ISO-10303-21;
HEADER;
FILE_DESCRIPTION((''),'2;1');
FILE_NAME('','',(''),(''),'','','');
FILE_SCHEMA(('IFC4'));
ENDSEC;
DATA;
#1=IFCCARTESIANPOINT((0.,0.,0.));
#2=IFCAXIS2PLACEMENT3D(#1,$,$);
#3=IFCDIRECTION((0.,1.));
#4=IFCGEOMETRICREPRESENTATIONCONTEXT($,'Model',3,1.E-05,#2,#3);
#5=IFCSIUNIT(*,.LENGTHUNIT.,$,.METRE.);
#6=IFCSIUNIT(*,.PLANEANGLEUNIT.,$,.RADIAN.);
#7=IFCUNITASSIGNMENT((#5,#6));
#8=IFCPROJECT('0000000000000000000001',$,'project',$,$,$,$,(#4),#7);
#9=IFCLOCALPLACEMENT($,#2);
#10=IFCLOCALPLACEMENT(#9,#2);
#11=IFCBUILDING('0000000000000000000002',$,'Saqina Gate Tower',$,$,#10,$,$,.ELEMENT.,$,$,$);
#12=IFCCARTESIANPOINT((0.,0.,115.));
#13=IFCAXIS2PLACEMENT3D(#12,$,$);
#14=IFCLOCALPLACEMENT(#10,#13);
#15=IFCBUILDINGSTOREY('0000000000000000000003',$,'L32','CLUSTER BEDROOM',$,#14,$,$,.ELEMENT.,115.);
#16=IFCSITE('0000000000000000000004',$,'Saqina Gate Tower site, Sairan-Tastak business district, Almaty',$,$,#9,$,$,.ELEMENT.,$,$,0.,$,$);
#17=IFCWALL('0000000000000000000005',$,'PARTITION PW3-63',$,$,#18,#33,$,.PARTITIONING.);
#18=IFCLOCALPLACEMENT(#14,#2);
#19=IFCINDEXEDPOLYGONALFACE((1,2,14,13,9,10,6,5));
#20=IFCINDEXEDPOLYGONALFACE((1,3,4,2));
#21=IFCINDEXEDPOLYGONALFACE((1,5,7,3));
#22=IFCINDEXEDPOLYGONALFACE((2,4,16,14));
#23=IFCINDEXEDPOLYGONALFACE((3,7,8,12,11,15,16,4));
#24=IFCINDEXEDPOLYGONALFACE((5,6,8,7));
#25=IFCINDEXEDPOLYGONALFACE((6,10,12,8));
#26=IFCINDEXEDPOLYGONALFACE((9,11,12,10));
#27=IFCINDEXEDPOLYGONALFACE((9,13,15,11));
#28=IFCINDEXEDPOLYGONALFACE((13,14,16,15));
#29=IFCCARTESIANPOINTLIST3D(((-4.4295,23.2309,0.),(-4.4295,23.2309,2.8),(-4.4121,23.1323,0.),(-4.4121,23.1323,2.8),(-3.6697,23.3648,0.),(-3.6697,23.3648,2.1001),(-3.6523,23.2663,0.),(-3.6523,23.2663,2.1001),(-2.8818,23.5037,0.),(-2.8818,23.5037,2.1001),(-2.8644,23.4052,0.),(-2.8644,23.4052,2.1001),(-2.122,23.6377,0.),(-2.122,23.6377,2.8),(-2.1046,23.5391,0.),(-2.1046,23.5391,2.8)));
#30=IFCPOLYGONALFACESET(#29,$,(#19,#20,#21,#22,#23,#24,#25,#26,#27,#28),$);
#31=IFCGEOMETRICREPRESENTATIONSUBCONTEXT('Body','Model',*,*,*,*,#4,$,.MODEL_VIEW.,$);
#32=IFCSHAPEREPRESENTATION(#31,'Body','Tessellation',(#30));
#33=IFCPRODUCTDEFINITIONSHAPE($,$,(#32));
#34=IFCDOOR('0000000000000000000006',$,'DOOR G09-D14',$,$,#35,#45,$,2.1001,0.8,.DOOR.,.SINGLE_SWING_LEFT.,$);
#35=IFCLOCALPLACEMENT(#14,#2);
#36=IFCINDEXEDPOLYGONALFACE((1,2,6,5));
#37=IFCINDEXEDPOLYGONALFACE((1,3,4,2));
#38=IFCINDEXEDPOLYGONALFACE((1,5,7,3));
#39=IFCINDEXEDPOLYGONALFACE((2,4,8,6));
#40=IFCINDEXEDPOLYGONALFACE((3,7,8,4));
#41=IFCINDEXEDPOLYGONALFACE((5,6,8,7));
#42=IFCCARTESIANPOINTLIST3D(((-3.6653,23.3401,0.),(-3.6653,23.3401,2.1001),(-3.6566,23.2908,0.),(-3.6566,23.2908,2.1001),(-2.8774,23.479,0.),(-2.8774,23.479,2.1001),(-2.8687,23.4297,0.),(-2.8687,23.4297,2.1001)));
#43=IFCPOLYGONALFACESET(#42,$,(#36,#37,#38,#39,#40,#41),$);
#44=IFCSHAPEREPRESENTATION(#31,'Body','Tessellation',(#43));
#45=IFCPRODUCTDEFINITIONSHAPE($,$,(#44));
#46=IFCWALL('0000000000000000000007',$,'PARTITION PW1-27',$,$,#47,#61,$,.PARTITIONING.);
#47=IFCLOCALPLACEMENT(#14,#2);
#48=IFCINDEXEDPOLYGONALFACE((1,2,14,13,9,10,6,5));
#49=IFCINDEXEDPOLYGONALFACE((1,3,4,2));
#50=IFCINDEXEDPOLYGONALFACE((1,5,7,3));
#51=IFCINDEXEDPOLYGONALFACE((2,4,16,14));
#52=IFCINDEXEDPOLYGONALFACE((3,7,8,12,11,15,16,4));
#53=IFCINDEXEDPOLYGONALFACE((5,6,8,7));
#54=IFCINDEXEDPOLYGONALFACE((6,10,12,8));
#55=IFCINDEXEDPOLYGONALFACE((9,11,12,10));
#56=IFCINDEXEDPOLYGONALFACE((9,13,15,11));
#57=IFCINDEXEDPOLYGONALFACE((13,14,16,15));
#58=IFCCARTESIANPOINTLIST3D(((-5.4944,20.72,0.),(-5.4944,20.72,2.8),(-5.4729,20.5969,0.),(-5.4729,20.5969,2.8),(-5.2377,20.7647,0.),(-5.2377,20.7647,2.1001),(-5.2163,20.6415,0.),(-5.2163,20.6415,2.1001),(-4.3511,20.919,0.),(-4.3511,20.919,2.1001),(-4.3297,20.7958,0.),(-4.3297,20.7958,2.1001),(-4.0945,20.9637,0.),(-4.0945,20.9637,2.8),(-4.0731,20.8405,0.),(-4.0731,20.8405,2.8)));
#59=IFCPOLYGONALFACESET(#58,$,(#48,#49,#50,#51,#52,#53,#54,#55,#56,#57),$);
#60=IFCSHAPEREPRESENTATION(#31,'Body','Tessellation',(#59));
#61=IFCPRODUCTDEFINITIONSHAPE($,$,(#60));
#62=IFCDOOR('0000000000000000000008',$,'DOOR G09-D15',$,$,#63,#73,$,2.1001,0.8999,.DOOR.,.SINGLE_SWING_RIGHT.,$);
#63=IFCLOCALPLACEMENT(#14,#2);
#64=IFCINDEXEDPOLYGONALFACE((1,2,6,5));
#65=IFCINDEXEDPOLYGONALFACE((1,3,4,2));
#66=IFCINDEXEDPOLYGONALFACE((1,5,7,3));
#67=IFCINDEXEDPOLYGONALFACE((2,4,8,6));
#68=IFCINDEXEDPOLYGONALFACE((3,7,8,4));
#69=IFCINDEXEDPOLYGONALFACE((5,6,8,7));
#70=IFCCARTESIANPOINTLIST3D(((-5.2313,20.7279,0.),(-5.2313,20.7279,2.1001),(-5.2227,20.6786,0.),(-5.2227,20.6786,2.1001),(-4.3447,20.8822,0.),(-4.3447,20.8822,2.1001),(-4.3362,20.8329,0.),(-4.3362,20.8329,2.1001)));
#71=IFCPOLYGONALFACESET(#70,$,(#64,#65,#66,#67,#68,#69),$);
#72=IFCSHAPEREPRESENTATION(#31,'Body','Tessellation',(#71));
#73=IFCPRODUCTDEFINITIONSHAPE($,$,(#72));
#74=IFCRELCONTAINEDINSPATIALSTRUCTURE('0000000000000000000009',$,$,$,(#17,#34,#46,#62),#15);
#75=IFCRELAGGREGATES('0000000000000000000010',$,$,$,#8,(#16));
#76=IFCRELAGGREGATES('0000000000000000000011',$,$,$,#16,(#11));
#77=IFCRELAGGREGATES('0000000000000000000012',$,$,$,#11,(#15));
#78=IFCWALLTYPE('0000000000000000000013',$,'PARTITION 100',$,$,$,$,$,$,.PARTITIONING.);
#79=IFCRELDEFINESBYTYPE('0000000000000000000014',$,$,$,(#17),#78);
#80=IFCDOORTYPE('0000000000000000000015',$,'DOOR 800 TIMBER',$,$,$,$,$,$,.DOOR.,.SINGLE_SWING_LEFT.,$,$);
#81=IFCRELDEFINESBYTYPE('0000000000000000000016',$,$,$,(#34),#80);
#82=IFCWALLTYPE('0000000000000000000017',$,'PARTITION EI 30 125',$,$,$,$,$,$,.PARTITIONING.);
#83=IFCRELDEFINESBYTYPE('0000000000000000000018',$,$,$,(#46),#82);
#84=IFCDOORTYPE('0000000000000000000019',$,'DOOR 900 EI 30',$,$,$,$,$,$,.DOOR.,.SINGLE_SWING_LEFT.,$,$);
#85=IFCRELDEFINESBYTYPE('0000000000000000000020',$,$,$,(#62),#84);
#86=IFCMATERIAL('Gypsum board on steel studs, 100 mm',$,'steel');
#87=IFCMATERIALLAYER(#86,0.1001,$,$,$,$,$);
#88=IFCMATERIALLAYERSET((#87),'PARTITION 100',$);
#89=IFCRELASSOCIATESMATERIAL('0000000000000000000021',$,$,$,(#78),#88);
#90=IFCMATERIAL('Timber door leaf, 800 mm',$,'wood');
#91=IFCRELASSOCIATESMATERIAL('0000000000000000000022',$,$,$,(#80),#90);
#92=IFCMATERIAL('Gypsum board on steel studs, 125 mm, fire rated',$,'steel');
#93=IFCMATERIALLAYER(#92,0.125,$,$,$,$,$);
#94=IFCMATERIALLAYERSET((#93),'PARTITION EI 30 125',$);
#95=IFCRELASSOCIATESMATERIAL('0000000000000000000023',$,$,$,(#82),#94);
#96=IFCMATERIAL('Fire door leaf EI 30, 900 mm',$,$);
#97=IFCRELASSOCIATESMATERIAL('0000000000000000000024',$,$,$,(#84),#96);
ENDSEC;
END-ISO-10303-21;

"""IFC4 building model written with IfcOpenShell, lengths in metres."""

from ifc_helpers import new_model, si_unit, direction, frame, frame_2d, origin, place, context, subcontext, project, spatial, rectangle, extrude, material, layer, layer_set, type_object, element, fill, save


model = new_model("IFC4")

# Units and contexts
model_context = context("Model", 3, precision=1e-05, world=origin(), true_north=direction((0.0, 1.0)))
body_context = subcontext(model_context, "Body", "Model", "MODEL_VIEW")
ifc_project = project(units=[si_unit("LENGTHUNIT", "METRE"), si_unit("PLANEANGLEUNIT", "RADIAN")], contexts=[model_context])

# Site, building, storey
site_placement = place(None, origin())
site = spatial("IfcSite", under=ifc_project, at=site_placement, Name="Saqina Gate Tower site, Sairan-Tastak business district, Almaty", CompositionType="ELEMENT", RefElevation=0.0)
building_placement = place(site_placement, origin())
building = spatial("IfcBuilding", under=site, at=building_placement, Name="Saqina Gate Tower", CompositionType="ELEMENT")
storey_placement = place(building_placement, frame((0.0, 0.0, 115.0)))
storey = spatial("IfcBuildingStorey", under=building, at=storey_placement, Name="L32", Description="CLUSTER BEDROOM", CompositionType="ELEMENT", Elevation=115.0)

# Shared definitions
ifc_material_1 = material(Name="Gypsum board on steel studs, 100 mm", Category="steel")
ifc_layer_1 = layer(ifc_material_1, 0.1001)
ifc_layer_set_1 = layer_set([ifc_layer_1], Name="PARTITION 100")
wall_type_1 = type_object("IfcWallType", Name="PARTITION 100", PredefinedType="PARTITIONING", material=ifc_layer_set_1)

# Shared definitions
ifc_material_2 = material(Name="Timber door leaf, 800 mm", Category="wood")
door_type_1 = type_object("IfcDoorType", Name="DOOR 800 TIMBER", OperationType="SINGLE_SWING_LEFT", PredefinedType="DOOR", material=ifc_material_2)

# Walls, openings, doors
wall_1_placement = place(storey_placement, frame((-4.4207, 23.1816, 0.0), z_axis=(0.0, 0.0, 1.0), x_axis=(0.984816, 0.173601, 0.0)))
wall_1 = element("IfcWall", 1, at=wall_1_placement, inside=storey, type_object=wall_type_1, Name="PARTITION PW3-63", PredefinedType="PARTITIONING", context=body_context, shape_type="SweptSolid", body=[
    extrude(rectangle(XDim=2.343, YDim=0.1001, at=frame_2d((1.1714, 0.0))), origin(), (0.0, 0.0, 1.0), 2.8),
])
opening_1_placement = place(wall_1_placement, frame((0.7715, 0.0, 0.0)))
opening_1 = element("IfcOpeningElement", 2, at=opening_1_placement, cuts=wall_1, PredefinedType="OPENING", context=body_context, shape_type="SweptSolid", body=[
    extrude(rectangle(XDim=0.8, YDim=2.1001, at=frame_2d((0.3999, 1.05))), frame((0.0, 0.062, 0.0), z_axis=(0.0, -1.0, 0.0), x_axis=(1.0, 0.0, 0.0)), (0.0, 0.0, 1.0), 0.124),
])
door_1_placement = place(opening_1_placement, origin())
door_1 = element("IfcDoor", 3, at=door_1_placement, inside=storey, type_object=door_type_1, Name="DOOR G09-D14", OperationType="SINGLE_SWING_LEFT", OverallHeight=2.1001, OverallWidth=0.8, PredefinedType="DOOR", context=body_context, shape_type="SweptSolid", body=[
    extrude(rectangle(XDim=0.8, YDim=2.1001, at=frame_2d((0.3999, 1.05))), frame((0.0, 0.0249, 0.0), z_axis=(0.0, -1.0, 0.0), x_axis=(1.0, 0.0, 0.0)), (0.0, 0.0, 1.0), 0.05),
])
fill(opening_1, door_1)
ifc_material_3 = material(Name="Gypsum board on steel studs, 125 mm, fire rated", Category="steel")
ifc_layer_2 = layer(ifc_material_3, 0.125)
ifc_layer_set_2 = layer_set([ifc_layer_2], Name="PARTITION EI 30 125")
wall_type_2 = type_object("IfcWallType", Name="PARTITION EI 30 125", PredefinedType="PARTITIONING", material=ifc_layer_set_2)
wall_2_placement = place(storey_placement, frame((-5.4836, 20.6584, 0.0), z_axis=(0.0, 0.0, 1.0), x_axis=(0.985189, 0.171472, 0.0)))
wall_2 = element("IfcWall", 4, at=wall_2_placement, inside=storey, type_object=wall_type_2, Name="PARTITION PW1-27", PredefinedType="PARTITIONING", context=body_context, shape_type="SweptSolid", body=[
    extrude(rectangle(XDim=1.4209, YDim=0.125, at=frame_2d((0.7104, 0.0))), origin(), (0.0, 0.0, 1.0), 2.8),
])
opening_2_placement = place(wall_2_placement, frame((0.2605, 0.0, 0.0)))
opening_2 = element("IfcOpeningElement", 5, at=opening_2_placement, cuts=wall_2, PredefinedType="OPENING", context=body_context, shape_type="SweptSolid", body=[
    extrude(rectangle(XDim=0.8999, YDim=2.1001, at=frame_2d((0.45, 1.05))), frame((0.0, 0.0745, 0.0), z_axis=(0.0, -1.0, 0.0), x_axis=(1.0, 0.0, 0.0)), (0.0, 0.0, 1.0), 0.1489),
])
ifc_material_4 = material(Name="Fire door leaf EI 30, 900 mm")
door_type_2 = type_object("IfcDoorType", Name="DOOR 900 EI 30", OperationType="SINGLE_SWING_LEFT", PredefinedType="DOOR", material=ifc_material_4)
door_2_placement = place(opening_2_placement, frame((0.8999, 0.0, 0.0), z_axis=(0.0, 0.0, 1.0), x_axis=(-1.0, 0.0, 0.0)))
door_2 = element("IfcDoor", 6, at=door_2_placement, inside=storey, type_object=door_type_2, Name="DOOR G09-D15", OperationType="SINGLE_SWING_RIGHT", OverallHeight=2.1001, OverallWidth=0.8999, PredefinedType="DOOR", context=body_context, shape_type="SweptSolid", body=[
    extrude(rectangle(XDim=0.8999, YDim=2.1001, at=frame_2d((0.45, 1.05))), frame((0.0, 0.0249, 0.0), z_axis=(0.0, -1.0, 0.0), x_axis=(1.0, 0.0, 0.0)), (0.0, 0.0, 1.0), 0.05),
])
fill(opening_2, door_2)

save(model, "model.ifc")
